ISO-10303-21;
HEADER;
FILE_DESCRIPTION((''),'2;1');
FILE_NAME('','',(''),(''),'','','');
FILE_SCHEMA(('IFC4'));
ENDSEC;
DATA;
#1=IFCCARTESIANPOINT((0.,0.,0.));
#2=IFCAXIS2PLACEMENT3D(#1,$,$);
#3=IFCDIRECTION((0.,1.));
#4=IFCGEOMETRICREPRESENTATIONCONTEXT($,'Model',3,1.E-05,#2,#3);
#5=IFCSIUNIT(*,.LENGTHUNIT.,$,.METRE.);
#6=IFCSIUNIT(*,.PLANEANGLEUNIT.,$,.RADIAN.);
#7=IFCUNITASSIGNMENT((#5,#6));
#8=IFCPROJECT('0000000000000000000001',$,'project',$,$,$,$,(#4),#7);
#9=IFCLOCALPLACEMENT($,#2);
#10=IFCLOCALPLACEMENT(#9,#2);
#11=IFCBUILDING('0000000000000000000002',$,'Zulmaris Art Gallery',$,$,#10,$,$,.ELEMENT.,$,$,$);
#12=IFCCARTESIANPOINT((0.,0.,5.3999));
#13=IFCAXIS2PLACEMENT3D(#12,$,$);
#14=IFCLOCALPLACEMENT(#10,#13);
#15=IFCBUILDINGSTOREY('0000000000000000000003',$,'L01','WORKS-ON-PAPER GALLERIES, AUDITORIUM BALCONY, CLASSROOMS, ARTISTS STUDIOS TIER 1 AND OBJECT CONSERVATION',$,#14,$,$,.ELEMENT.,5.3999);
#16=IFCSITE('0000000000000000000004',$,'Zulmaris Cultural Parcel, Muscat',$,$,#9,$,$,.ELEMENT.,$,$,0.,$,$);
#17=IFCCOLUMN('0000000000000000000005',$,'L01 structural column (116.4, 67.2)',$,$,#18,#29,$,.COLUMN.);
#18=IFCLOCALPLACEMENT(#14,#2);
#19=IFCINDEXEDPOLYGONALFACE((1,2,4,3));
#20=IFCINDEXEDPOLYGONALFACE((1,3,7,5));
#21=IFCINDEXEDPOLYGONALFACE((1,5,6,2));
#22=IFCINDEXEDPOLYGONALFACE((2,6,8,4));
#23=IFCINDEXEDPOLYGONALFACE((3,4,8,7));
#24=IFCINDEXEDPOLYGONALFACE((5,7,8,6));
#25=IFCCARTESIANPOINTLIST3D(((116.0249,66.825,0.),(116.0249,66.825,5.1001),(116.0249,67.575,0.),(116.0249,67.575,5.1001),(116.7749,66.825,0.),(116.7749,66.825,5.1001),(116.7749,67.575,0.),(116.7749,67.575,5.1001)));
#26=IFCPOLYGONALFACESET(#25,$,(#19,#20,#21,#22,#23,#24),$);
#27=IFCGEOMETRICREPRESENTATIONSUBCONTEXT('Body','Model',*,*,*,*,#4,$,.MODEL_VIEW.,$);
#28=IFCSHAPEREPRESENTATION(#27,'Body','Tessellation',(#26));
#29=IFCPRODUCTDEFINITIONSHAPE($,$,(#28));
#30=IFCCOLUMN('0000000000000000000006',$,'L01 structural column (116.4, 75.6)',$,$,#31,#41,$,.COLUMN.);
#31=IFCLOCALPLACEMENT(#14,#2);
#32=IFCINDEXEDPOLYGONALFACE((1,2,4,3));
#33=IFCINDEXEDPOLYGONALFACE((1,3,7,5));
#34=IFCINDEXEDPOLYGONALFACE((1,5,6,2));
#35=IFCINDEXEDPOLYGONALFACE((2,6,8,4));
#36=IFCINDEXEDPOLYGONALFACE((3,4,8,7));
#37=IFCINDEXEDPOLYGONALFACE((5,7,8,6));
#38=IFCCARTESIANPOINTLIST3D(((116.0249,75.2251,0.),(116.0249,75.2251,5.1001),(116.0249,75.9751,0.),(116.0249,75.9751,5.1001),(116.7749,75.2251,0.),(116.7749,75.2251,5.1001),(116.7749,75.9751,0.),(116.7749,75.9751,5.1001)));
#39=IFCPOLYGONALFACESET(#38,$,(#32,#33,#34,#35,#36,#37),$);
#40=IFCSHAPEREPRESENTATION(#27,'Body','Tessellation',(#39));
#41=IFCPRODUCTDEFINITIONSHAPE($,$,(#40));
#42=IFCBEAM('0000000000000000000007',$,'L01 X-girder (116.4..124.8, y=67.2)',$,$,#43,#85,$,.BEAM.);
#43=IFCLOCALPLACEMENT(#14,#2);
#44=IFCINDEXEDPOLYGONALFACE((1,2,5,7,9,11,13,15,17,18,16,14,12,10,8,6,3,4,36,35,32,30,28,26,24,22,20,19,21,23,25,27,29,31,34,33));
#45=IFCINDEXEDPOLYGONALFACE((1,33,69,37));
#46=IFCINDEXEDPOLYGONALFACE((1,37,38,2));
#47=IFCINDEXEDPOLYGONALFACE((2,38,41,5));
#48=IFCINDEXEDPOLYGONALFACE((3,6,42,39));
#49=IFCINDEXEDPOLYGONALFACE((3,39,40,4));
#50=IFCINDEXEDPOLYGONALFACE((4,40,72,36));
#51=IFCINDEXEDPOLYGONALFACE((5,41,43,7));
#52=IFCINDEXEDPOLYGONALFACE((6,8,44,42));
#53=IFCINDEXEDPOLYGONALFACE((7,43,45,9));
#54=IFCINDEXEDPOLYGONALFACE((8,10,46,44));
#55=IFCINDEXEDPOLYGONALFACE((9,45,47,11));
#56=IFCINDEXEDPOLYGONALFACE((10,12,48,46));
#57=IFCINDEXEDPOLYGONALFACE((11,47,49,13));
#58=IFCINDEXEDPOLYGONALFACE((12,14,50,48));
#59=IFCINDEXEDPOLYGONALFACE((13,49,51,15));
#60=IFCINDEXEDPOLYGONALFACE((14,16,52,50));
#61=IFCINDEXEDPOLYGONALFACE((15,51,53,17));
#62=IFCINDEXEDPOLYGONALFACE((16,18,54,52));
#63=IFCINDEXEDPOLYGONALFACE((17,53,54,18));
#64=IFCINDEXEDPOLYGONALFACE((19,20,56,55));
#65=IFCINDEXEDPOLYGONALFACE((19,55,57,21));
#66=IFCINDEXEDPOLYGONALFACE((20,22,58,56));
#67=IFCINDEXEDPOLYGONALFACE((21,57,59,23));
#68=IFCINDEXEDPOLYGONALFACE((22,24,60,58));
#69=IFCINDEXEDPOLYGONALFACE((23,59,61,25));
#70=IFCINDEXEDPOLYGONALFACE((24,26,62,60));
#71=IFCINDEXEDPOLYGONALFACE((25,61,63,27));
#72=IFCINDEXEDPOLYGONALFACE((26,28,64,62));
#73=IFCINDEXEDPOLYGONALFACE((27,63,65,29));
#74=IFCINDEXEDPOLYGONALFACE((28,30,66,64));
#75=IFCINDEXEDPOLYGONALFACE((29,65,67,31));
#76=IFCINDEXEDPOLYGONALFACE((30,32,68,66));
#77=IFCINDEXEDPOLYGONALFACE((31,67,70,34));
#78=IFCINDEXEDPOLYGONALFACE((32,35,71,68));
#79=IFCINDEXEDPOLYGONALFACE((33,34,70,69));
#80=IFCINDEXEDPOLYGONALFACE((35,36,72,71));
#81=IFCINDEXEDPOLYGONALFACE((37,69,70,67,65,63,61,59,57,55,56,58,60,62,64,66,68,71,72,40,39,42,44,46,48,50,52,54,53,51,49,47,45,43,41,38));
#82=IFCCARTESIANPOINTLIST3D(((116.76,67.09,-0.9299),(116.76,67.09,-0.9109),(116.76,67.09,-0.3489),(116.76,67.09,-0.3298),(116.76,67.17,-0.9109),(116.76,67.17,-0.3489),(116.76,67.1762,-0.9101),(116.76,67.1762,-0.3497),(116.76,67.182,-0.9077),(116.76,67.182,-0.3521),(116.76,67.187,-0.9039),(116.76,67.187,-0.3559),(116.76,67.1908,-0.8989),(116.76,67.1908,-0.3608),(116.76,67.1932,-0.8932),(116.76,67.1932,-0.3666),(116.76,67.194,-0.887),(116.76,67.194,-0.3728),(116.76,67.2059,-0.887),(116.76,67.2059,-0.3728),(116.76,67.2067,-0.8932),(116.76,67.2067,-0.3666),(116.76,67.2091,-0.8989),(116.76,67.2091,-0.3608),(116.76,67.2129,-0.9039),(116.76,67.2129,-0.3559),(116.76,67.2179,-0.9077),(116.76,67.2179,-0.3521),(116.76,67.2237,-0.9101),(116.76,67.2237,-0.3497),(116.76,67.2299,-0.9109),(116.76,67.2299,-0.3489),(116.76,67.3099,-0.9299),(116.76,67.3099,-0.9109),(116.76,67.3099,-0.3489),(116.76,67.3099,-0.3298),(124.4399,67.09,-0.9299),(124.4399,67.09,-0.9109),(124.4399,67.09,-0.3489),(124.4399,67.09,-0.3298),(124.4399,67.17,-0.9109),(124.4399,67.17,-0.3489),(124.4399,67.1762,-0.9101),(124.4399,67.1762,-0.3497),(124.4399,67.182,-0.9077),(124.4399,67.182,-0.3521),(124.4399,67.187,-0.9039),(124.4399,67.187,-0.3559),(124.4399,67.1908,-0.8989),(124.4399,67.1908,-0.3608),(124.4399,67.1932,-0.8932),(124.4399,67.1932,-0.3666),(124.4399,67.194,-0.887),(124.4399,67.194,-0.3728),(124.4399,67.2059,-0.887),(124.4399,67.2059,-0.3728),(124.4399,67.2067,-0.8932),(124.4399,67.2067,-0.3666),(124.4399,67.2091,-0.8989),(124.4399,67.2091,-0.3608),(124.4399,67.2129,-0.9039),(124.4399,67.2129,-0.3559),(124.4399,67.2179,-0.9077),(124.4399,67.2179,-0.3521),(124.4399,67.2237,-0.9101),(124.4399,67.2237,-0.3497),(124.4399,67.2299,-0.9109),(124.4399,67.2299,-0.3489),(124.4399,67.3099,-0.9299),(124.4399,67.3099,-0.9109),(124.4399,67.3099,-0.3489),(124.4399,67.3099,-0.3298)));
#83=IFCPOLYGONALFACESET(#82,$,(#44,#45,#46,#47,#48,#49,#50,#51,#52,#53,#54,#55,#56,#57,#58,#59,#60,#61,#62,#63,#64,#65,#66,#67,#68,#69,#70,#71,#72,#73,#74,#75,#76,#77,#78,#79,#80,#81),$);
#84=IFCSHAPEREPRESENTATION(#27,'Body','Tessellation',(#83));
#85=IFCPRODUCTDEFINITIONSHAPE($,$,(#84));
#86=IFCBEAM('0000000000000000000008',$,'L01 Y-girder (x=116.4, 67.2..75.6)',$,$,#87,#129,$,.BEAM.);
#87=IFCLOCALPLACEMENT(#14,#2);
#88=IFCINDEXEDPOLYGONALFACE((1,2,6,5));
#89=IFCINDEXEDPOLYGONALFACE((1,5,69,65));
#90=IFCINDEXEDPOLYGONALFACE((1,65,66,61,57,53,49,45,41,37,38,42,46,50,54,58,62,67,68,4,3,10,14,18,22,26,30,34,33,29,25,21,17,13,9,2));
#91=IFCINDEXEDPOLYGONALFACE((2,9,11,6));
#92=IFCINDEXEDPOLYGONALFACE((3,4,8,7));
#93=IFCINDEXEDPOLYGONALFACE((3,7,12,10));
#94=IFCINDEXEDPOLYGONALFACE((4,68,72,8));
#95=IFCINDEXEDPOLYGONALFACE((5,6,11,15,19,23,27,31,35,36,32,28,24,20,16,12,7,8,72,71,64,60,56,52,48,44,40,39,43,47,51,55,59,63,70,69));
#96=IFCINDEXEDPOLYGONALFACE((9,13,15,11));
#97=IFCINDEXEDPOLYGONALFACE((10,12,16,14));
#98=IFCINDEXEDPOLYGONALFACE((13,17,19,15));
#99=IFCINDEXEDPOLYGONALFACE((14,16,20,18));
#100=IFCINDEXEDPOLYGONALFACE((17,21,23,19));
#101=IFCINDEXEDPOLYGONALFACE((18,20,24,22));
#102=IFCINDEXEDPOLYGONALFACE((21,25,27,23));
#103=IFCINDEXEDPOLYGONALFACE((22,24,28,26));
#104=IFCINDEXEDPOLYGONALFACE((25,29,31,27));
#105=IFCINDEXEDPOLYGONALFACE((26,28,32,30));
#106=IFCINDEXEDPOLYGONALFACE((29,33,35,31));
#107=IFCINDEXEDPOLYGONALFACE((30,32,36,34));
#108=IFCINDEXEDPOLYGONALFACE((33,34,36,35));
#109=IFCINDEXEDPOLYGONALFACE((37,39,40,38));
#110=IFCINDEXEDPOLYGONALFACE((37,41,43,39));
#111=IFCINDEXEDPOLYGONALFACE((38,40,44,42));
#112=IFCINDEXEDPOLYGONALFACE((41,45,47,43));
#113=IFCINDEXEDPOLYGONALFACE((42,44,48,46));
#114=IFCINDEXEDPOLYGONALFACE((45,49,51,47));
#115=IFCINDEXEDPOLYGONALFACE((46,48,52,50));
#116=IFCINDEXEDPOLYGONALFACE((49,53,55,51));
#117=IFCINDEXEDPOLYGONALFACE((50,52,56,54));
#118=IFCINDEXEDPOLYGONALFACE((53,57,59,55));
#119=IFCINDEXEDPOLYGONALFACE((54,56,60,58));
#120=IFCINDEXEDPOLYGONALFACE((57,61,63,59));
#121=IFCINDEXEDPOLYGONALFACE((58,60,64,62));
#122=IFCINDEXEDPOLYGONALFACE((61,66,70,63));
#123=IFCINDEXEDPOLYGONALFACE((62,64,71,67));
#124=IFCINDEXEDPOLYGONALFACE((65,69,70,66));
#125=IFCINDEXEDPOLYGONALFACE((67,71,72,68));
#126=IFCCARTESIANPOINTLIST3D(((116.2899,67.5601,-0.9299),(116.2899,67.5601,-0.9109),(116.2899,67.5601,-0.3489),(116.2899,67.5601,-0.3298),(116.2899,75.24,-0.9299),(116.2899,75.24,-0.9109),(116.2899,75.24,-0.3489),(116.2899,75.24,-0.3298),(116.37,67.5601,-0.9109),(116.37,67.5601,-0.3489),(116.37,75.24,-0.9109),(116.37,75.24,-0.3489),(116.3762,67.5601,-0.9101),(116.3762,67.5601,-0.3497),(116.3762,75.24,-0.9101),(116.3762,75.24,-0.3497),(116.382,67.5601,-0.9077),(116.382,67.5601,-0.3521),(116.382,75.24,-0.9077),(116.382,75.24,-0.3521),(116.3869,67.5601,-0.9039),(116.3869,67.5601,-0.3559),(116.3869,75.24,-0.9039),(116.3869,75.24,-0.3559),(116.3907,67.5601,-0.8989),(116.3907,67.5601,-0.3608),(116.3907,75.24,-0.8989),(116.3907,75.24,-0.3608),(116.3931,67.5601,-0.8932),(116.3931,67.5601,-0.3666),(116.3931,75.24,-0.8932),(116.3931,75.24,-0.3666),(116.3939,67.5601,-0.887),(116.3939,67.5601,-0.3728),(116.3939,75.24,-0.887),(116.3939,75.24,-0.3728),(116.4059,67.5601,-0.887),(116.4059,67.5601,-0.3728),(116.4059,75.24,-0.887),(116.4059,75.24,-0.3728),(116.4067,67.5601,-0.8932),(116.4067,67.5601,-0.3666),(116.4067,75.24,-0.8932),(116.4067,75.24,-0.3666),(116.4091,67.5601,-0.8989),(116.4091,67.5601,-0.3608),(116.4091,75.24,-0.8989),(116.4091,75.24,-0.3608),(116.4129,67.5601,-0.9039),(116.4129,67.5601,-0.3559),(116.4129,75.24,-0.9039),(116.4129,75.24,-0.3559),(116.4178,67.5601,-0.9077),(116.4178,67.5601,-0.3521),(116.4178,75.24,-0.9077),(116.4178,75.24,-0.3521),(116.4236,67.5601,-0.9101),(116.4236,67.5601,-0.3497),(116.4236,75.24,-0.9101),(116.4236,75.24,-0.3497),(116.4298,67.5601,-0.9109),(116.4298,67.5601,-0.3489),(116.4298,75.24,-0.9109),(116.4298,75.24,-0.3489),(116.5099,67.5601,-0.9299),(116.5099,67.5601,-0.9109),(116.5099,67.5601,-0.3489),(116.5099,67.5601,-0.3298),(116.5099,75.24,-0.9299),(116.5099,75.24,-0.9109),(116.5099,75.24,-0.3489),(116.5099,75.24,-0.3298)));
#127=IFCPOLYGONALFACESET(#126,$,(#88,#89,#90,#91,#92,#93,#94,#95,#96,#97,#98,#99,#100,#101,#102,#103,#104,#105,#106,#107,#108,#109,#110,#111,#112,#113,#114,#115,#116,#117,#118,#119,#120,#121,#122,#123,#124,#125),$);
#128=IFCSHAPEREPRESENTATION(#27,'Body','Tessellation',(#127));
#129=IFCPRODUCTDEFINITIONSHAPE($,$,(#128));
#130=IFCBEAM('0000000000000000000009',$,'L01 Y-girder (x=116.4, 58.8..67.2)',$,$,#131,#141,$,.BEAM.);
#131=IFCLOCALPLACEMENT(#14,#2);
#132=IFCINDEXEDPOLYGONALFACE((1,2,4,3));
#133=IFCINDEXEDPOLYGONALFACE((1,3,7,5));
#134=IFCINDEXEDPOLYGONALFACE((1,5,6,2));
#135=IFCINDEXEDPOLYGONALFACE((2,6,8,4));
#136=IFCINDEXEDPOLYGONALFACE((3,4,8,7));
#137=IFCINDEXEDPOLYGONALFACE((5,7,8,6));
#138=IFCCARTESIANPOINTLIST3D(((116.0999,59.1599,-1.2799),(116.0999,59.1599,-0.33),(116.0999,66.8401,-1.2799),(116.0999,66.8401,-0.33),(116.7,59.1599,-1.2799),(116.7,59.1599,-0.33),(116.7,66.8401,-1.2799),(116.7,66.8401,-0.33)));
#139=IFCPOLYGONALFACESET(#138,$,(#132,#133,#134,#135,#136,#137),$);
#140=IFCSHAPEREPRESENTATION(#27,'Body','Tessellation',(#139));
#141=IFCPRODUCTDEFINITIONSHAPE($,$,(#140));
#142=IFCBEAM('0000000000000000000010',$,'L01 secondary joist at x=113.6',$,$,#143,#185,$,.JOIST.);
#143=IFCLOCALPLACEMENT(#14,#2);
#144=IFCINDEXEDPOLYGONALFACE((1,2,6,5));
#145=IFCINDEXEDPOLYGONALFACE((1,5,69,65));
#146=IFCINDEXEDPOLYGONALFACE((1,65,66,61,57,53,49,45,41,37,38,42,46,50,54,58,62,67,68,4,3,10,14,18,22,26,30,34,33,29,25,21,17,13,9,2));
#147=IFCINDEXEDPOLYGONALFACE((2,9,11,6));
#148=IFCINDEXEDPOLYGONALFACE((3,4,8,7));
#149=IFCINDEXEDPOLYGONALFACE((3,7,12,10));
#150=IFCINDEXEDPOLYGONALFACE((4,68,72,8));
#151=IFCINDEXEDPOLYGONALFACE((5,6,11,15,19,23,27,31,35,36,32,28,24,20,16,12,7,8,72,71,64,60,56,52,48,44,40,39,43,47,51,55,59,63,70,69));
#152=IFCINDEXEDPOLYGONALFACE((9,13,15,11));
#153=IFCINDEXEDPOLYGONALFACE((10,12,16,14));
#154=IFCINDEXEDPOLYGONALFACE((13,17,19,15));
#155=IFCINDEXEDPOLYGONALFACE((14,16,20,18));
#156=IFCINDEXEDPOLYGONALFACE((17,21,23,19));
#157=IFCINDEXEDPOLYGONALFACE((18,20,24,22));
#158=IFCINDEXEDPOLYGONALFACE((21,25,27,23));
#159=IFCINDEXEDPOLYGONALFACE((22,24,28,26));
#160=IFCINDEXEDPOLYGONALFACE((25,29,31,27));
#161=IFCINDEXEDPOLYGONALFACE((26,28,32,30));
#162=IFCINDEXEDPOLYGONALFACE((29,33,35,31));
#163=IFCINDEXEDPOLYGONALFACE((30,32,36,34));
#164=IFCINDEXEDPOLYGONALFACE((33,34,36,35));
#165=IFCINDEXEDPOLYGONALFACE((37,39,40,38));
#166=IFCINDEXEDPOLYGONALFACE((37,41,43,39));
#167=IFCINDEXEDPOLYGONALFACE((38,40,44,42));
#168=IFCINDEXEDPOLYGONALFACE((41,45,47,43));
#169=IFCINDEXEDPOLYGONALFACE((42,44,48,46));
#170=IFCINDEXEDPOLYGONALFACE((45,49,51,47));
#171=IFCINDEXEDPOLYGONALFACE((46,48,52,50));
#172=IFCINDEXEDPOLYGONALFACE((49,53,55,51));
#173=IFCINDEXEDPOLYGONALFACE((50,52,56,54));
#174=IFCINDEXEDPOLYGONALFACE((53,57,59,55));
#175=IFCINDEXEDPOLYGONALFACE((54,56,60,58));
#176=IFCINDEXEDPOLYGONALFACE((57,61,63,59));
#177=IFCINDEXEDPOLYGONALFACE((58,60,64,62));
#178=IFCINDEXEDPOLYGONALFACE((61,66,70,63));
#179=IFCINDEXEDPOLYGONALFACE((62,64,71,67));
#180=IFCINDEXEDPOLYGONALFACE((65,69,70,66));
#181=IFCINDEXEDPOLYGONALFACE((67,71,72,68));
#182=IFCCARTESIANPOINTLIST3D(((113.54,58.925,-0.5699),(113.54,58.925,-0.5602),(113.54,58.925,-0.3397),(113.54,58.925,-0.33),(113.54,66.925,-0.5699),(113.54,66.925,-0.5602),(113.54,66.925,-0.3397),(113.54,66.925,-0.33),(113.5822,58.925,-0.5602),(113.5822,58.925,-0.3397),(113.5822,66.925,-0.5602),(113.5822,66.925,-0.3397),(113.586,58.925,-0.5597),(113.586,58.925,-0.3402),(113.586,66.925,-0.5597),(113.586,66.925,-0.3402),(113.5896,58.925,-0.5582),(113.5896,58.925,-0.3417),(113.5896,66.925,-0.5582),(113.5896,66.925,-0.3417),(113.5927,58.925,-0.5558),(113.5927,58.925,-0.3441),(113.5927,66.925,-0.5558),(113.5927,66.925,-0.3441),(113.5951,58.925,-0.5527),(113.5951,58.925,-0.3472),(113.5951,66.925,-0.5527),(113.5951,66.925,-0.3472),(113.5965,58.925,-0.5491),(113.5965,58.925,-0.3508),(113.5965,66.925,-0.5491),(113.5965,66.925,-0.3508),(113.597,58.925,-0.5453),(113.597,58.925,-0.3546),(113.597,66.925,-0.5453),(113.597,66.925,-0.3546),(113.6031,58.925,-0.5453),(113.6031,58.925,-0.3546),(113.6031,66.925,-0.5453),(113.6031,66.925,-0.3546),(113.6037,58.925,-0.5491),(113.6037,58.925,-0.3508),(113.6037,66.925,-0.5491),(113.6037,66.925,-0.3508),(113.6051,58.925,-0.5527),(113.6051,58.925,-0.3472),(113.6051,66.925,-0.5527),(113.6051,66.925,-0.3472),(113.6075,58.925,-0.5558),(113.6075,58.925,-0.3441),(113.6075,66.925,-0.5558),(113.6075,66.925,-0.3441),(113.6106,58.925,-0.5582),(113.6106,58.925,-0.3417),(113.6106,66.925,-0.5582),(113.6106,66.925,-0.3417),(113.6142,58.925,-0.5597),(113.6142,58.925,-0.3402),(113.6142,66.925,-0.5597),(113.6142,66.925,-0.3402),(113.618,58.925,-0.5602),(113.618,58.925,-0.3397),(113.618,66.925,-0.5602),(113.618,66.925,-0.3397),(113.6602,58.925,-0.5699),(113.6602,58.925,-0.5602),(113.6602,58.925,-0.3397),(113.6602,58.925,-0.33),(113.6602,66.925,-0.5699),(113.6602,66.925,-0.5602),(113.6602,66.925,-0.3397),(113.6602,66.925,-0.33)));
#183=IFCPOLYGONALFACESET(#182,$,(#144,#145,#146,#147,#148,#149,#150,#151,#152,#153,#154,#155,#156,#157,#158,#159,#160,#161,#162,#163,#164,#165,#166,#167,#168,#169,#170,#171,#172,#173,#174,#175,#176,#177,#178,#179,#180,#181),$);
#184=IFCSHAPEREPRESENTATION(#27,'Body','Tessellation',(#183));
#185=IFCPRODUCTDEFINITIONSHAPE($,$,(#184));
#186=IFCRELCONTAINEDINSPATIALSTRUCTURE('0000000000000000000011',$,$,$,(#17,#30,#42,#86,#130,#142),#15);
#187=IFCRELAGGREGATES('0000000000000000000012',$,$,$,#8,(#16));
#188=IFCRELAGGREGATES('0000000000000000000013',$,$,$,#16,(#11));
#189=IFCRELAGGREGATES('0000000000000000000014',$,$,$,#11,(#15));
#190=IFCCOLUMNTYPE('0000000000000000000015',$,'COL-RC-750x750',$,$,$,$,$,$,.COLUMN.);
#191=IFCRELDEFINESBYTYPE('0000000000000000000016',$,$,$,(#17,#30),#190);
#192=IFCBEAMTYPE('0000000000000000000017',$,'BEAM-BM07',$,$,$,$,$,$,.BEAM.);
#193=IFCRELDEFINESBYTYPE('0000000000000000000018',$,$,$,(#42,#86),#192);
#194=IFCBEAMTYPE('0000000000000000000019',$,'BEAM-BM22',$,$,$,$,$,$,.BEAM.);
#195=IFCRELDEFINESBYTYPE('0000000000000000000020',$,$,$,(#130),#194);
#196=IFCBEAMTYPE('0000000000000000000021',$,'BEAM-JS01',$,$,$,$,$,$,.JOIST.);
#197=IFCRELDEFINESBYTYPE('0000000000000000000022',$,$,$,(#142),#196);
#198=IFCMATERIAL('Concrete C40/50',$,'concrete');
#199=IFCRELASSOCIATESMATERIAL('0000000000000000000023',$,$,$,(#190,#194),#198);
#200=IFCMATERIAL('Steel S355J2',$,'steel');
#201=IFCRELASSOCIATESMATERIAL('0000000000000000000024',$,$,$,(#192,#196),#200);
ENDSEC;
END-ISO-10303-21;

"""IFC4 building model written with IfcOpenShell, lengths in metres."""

from ifc_helpers import new_model, si_unit, direction, frame, origin, origin_2d, place, context, subcontext, project, spatial, rectangle, i_section, extrude, material, material_profile, profile_set, type_object, element, save


model = new_model("IFC4")

# Units and contexts
model_context = context("Model", 3, precision=1e-05, world=origin(), true_north=direction((0.0, 1.0)))
body_context = subcontext(model_context, "Body", "Model", "MODEL_VIEW")
ifc_project = project(units=[si_unit("LENGTHUNIT", "METRE"), si_unit("PLANEANGLEUNIT", "RADIAN")], contexts=[model_context])

# Site, building, storey
site_placement = place(None, origin())
site = spatial("IfcSite", under=ifc_project, at=site_placement, Name="Zulmaris Cultural Parcel, Muscat", CompositionType="ELEMENT", RefElevation=0.0)
building_placement = place(site_placement, origin())
building = spatial("IfcBuilding", under=site, at=building_placement, Name="Zulmaris Art Gallery", CompositionType="ELEMENT")
storey_placement = place(building_placement, frame((0.0, 0.0, 5.3999)))
storey = spatial("IfcBuildingStorey", under=building, at=storey_placement, Name="L01", Description="WORKS-ON-PAPER GALLERIES, AUDITORIUM BALCONY, CLASSROOMS, ARTISTS STUDIOS TIER 1 AND OBJECT CONSERVATION", CompositionType="ELEMENT", Elevation=5.3999)

# Columns
ifc_material_1 = material(Name="Concrete C40/50", Category="concrete")
ifc_material_profile_1 = material_profile(ifc_material_1, rectangle(XDim=0.75, YDim=0.75, at=origin_2d()), Name="RC 750x750")
ifc_profile_set_1 = profile_set([ifc_material_profile_1], Name="Concrete C40/50")
column_type = type_object("IfcColumnType", Name="COL-RC-750x750", PredefinedType="COLUMN", material=ifc_profile_set_1)
for number, where, z_axis, x_axis, name in (
    (1, (116.3999, 67.2, 0.0), (0.0, 0.0, 1.0), (1.0, 0.0, 0.0), "L01 structural column (116.4, 67.2)"),
    (2, (116.3999, 75.6001, 0.0), (0.0, 0.0, 1.0), (1.0, 0.0, 0.0), "L01 structural column (116.4, 75.6)"),
):
    element("IfcColumn", number, at=place(storey_placement, frame(where, z_axis=z_axis, x_axis=x_axis)), inside=storey, type_object=column_type, Name=name, PredefinedType="COLUMN", context=body_context, shape_type="SweptSolid", body=[
        extrude(rectangle(XDim=0.75, YDim=0.75, at=origin_2d()), origin(), (0.0, 0.0, 1.0), 5.1001),
    ])

# Beams
ifc_material_2 = material(Name="Steel S355J2", Category="steel")
ifc_material_profile_2 = material_profile(ifc_material_2, i_section(OverallWidth=0.22, OverallDepth=0.6001, WebThickness=0.012, FlangeThickness=0.019, FilletRadius=0.0239, at=origin_2d()), Name="IPE 600")
ifc_profile_set_2 = profile_set([ifc_material_profile_2], Name="Steel S355J2")
beam_type_1 = type_object("IfcBeamType", Name="BEAM-BM07", PredefinedType="BEAM", material=ifc_profile_set_2)
for number, where, z_axis, x_axis, name in (
    (3, (116.76, 67.2, -0.6299), (1.0, 0.0, 0.0), (0.0, 1.0, 0.0), "L01 X-girder (116.4..124.8, y=67.2)"),
    (4, (116.3999, 67.5601, -0.6299), (0.0, 1.0, 0.0), (-1.0, 0.0, 0.0), "L01 Y-girder (x=116.4, 67.2..75.6)"),
):
    element("IfcBeam", number, at=place(storey_placement, frame(where, z_axis=z_axis, x_axis=x_axis)), inside=storey, type_object=beam_type_1, Name=name, PredefinedType="BEAM", context=body_context, shape_type="SweptSolid", body=[
        extrude(i_section(OverallWidth=0.22, OverallDepth=0.6001, WebThickness=0.012, FlangeThickness=0.019, FilletRadius=0.0239, at=origin_2d()), origin(), (0.0, 0.0, 1.0), 7.6799),
    ])
ifc_material_profile_3 = material_profile(ifc_material_1, rectangle(XDim=0.6001, YDim=0.95, at=origin_2d()), Name="RC 600x950")
ifc_profile_set_3 = profile_set([ifc_material_profile_3], Name="Concrete C40/50")
beam_type_2 = type_object("IfcBeamType", Name="BEAM-BM22", PredefinedType="BEAM", material=ifc_profile_set_3)
beam_1_placement = place(storey_placement, frame((116.3999, 59.1599, -0.8049), z_axis=(0.0, 1.0, 0.0), x_axis=(-1.0, 0.0, 0.0)))
element("IfcBeam", 5, at=beam_1_placement, inside=storey, type_object=beam_type_2, Name="L01 Y-girder (x=116.4, 58.8..67.2)", PredefinedType="BEAM", context=body_context, shape_type="SweptSolid", body=[
    extrude(rectangle(XDim=0.6001, YDim=0.95, at=origin_2d()), origin(), (0.0, 0.0, 1.0), 7.6802),
])
ifc_material_profile_4 = material_profile(ifc_material_2, i_section(OverallWidth=0.1201, OverallDepth=0.24, WebThickness=0.0061, FlangeThickness=0.0098, FilletRadius=0.0149, at=origin_2d()), Name="IPE 240")
ifc_profile_set_4 = profile_set([ifc_material_profile_4], Name="Steel S355J2")
beam_type_3 = type_object("IfcBeamType", Name="BEAM-JS01", PredefinedType="JOIST", material=ifc_profile_set_4)
beam_2_placement = place(storey_placement, frame((113.6001, 58.925, -0.45), z_axis=(0.0, 1.0, 0.0), x_axis=(-1.0, 0.0, 0.0)))
element("IfcBeam", 6, at=beam_2_placement, inside=storey, type_object=beam_type_3, Name="L01 secondary joist at x=113.6", PredefinedType="JOIST", context=body_context, shape_type="SweptSolid", body=[
    extrude(i_section(OverallWidth=0.1201, OverallDepth=0.24, WebThickness=0.0061, FlangeThickness=0.0098, FilletRadius=0.0149, at=origin_2d()), origin(), (0.0, 0.0, 1.0), 8.0),
])

save(model, "model.ifc")
